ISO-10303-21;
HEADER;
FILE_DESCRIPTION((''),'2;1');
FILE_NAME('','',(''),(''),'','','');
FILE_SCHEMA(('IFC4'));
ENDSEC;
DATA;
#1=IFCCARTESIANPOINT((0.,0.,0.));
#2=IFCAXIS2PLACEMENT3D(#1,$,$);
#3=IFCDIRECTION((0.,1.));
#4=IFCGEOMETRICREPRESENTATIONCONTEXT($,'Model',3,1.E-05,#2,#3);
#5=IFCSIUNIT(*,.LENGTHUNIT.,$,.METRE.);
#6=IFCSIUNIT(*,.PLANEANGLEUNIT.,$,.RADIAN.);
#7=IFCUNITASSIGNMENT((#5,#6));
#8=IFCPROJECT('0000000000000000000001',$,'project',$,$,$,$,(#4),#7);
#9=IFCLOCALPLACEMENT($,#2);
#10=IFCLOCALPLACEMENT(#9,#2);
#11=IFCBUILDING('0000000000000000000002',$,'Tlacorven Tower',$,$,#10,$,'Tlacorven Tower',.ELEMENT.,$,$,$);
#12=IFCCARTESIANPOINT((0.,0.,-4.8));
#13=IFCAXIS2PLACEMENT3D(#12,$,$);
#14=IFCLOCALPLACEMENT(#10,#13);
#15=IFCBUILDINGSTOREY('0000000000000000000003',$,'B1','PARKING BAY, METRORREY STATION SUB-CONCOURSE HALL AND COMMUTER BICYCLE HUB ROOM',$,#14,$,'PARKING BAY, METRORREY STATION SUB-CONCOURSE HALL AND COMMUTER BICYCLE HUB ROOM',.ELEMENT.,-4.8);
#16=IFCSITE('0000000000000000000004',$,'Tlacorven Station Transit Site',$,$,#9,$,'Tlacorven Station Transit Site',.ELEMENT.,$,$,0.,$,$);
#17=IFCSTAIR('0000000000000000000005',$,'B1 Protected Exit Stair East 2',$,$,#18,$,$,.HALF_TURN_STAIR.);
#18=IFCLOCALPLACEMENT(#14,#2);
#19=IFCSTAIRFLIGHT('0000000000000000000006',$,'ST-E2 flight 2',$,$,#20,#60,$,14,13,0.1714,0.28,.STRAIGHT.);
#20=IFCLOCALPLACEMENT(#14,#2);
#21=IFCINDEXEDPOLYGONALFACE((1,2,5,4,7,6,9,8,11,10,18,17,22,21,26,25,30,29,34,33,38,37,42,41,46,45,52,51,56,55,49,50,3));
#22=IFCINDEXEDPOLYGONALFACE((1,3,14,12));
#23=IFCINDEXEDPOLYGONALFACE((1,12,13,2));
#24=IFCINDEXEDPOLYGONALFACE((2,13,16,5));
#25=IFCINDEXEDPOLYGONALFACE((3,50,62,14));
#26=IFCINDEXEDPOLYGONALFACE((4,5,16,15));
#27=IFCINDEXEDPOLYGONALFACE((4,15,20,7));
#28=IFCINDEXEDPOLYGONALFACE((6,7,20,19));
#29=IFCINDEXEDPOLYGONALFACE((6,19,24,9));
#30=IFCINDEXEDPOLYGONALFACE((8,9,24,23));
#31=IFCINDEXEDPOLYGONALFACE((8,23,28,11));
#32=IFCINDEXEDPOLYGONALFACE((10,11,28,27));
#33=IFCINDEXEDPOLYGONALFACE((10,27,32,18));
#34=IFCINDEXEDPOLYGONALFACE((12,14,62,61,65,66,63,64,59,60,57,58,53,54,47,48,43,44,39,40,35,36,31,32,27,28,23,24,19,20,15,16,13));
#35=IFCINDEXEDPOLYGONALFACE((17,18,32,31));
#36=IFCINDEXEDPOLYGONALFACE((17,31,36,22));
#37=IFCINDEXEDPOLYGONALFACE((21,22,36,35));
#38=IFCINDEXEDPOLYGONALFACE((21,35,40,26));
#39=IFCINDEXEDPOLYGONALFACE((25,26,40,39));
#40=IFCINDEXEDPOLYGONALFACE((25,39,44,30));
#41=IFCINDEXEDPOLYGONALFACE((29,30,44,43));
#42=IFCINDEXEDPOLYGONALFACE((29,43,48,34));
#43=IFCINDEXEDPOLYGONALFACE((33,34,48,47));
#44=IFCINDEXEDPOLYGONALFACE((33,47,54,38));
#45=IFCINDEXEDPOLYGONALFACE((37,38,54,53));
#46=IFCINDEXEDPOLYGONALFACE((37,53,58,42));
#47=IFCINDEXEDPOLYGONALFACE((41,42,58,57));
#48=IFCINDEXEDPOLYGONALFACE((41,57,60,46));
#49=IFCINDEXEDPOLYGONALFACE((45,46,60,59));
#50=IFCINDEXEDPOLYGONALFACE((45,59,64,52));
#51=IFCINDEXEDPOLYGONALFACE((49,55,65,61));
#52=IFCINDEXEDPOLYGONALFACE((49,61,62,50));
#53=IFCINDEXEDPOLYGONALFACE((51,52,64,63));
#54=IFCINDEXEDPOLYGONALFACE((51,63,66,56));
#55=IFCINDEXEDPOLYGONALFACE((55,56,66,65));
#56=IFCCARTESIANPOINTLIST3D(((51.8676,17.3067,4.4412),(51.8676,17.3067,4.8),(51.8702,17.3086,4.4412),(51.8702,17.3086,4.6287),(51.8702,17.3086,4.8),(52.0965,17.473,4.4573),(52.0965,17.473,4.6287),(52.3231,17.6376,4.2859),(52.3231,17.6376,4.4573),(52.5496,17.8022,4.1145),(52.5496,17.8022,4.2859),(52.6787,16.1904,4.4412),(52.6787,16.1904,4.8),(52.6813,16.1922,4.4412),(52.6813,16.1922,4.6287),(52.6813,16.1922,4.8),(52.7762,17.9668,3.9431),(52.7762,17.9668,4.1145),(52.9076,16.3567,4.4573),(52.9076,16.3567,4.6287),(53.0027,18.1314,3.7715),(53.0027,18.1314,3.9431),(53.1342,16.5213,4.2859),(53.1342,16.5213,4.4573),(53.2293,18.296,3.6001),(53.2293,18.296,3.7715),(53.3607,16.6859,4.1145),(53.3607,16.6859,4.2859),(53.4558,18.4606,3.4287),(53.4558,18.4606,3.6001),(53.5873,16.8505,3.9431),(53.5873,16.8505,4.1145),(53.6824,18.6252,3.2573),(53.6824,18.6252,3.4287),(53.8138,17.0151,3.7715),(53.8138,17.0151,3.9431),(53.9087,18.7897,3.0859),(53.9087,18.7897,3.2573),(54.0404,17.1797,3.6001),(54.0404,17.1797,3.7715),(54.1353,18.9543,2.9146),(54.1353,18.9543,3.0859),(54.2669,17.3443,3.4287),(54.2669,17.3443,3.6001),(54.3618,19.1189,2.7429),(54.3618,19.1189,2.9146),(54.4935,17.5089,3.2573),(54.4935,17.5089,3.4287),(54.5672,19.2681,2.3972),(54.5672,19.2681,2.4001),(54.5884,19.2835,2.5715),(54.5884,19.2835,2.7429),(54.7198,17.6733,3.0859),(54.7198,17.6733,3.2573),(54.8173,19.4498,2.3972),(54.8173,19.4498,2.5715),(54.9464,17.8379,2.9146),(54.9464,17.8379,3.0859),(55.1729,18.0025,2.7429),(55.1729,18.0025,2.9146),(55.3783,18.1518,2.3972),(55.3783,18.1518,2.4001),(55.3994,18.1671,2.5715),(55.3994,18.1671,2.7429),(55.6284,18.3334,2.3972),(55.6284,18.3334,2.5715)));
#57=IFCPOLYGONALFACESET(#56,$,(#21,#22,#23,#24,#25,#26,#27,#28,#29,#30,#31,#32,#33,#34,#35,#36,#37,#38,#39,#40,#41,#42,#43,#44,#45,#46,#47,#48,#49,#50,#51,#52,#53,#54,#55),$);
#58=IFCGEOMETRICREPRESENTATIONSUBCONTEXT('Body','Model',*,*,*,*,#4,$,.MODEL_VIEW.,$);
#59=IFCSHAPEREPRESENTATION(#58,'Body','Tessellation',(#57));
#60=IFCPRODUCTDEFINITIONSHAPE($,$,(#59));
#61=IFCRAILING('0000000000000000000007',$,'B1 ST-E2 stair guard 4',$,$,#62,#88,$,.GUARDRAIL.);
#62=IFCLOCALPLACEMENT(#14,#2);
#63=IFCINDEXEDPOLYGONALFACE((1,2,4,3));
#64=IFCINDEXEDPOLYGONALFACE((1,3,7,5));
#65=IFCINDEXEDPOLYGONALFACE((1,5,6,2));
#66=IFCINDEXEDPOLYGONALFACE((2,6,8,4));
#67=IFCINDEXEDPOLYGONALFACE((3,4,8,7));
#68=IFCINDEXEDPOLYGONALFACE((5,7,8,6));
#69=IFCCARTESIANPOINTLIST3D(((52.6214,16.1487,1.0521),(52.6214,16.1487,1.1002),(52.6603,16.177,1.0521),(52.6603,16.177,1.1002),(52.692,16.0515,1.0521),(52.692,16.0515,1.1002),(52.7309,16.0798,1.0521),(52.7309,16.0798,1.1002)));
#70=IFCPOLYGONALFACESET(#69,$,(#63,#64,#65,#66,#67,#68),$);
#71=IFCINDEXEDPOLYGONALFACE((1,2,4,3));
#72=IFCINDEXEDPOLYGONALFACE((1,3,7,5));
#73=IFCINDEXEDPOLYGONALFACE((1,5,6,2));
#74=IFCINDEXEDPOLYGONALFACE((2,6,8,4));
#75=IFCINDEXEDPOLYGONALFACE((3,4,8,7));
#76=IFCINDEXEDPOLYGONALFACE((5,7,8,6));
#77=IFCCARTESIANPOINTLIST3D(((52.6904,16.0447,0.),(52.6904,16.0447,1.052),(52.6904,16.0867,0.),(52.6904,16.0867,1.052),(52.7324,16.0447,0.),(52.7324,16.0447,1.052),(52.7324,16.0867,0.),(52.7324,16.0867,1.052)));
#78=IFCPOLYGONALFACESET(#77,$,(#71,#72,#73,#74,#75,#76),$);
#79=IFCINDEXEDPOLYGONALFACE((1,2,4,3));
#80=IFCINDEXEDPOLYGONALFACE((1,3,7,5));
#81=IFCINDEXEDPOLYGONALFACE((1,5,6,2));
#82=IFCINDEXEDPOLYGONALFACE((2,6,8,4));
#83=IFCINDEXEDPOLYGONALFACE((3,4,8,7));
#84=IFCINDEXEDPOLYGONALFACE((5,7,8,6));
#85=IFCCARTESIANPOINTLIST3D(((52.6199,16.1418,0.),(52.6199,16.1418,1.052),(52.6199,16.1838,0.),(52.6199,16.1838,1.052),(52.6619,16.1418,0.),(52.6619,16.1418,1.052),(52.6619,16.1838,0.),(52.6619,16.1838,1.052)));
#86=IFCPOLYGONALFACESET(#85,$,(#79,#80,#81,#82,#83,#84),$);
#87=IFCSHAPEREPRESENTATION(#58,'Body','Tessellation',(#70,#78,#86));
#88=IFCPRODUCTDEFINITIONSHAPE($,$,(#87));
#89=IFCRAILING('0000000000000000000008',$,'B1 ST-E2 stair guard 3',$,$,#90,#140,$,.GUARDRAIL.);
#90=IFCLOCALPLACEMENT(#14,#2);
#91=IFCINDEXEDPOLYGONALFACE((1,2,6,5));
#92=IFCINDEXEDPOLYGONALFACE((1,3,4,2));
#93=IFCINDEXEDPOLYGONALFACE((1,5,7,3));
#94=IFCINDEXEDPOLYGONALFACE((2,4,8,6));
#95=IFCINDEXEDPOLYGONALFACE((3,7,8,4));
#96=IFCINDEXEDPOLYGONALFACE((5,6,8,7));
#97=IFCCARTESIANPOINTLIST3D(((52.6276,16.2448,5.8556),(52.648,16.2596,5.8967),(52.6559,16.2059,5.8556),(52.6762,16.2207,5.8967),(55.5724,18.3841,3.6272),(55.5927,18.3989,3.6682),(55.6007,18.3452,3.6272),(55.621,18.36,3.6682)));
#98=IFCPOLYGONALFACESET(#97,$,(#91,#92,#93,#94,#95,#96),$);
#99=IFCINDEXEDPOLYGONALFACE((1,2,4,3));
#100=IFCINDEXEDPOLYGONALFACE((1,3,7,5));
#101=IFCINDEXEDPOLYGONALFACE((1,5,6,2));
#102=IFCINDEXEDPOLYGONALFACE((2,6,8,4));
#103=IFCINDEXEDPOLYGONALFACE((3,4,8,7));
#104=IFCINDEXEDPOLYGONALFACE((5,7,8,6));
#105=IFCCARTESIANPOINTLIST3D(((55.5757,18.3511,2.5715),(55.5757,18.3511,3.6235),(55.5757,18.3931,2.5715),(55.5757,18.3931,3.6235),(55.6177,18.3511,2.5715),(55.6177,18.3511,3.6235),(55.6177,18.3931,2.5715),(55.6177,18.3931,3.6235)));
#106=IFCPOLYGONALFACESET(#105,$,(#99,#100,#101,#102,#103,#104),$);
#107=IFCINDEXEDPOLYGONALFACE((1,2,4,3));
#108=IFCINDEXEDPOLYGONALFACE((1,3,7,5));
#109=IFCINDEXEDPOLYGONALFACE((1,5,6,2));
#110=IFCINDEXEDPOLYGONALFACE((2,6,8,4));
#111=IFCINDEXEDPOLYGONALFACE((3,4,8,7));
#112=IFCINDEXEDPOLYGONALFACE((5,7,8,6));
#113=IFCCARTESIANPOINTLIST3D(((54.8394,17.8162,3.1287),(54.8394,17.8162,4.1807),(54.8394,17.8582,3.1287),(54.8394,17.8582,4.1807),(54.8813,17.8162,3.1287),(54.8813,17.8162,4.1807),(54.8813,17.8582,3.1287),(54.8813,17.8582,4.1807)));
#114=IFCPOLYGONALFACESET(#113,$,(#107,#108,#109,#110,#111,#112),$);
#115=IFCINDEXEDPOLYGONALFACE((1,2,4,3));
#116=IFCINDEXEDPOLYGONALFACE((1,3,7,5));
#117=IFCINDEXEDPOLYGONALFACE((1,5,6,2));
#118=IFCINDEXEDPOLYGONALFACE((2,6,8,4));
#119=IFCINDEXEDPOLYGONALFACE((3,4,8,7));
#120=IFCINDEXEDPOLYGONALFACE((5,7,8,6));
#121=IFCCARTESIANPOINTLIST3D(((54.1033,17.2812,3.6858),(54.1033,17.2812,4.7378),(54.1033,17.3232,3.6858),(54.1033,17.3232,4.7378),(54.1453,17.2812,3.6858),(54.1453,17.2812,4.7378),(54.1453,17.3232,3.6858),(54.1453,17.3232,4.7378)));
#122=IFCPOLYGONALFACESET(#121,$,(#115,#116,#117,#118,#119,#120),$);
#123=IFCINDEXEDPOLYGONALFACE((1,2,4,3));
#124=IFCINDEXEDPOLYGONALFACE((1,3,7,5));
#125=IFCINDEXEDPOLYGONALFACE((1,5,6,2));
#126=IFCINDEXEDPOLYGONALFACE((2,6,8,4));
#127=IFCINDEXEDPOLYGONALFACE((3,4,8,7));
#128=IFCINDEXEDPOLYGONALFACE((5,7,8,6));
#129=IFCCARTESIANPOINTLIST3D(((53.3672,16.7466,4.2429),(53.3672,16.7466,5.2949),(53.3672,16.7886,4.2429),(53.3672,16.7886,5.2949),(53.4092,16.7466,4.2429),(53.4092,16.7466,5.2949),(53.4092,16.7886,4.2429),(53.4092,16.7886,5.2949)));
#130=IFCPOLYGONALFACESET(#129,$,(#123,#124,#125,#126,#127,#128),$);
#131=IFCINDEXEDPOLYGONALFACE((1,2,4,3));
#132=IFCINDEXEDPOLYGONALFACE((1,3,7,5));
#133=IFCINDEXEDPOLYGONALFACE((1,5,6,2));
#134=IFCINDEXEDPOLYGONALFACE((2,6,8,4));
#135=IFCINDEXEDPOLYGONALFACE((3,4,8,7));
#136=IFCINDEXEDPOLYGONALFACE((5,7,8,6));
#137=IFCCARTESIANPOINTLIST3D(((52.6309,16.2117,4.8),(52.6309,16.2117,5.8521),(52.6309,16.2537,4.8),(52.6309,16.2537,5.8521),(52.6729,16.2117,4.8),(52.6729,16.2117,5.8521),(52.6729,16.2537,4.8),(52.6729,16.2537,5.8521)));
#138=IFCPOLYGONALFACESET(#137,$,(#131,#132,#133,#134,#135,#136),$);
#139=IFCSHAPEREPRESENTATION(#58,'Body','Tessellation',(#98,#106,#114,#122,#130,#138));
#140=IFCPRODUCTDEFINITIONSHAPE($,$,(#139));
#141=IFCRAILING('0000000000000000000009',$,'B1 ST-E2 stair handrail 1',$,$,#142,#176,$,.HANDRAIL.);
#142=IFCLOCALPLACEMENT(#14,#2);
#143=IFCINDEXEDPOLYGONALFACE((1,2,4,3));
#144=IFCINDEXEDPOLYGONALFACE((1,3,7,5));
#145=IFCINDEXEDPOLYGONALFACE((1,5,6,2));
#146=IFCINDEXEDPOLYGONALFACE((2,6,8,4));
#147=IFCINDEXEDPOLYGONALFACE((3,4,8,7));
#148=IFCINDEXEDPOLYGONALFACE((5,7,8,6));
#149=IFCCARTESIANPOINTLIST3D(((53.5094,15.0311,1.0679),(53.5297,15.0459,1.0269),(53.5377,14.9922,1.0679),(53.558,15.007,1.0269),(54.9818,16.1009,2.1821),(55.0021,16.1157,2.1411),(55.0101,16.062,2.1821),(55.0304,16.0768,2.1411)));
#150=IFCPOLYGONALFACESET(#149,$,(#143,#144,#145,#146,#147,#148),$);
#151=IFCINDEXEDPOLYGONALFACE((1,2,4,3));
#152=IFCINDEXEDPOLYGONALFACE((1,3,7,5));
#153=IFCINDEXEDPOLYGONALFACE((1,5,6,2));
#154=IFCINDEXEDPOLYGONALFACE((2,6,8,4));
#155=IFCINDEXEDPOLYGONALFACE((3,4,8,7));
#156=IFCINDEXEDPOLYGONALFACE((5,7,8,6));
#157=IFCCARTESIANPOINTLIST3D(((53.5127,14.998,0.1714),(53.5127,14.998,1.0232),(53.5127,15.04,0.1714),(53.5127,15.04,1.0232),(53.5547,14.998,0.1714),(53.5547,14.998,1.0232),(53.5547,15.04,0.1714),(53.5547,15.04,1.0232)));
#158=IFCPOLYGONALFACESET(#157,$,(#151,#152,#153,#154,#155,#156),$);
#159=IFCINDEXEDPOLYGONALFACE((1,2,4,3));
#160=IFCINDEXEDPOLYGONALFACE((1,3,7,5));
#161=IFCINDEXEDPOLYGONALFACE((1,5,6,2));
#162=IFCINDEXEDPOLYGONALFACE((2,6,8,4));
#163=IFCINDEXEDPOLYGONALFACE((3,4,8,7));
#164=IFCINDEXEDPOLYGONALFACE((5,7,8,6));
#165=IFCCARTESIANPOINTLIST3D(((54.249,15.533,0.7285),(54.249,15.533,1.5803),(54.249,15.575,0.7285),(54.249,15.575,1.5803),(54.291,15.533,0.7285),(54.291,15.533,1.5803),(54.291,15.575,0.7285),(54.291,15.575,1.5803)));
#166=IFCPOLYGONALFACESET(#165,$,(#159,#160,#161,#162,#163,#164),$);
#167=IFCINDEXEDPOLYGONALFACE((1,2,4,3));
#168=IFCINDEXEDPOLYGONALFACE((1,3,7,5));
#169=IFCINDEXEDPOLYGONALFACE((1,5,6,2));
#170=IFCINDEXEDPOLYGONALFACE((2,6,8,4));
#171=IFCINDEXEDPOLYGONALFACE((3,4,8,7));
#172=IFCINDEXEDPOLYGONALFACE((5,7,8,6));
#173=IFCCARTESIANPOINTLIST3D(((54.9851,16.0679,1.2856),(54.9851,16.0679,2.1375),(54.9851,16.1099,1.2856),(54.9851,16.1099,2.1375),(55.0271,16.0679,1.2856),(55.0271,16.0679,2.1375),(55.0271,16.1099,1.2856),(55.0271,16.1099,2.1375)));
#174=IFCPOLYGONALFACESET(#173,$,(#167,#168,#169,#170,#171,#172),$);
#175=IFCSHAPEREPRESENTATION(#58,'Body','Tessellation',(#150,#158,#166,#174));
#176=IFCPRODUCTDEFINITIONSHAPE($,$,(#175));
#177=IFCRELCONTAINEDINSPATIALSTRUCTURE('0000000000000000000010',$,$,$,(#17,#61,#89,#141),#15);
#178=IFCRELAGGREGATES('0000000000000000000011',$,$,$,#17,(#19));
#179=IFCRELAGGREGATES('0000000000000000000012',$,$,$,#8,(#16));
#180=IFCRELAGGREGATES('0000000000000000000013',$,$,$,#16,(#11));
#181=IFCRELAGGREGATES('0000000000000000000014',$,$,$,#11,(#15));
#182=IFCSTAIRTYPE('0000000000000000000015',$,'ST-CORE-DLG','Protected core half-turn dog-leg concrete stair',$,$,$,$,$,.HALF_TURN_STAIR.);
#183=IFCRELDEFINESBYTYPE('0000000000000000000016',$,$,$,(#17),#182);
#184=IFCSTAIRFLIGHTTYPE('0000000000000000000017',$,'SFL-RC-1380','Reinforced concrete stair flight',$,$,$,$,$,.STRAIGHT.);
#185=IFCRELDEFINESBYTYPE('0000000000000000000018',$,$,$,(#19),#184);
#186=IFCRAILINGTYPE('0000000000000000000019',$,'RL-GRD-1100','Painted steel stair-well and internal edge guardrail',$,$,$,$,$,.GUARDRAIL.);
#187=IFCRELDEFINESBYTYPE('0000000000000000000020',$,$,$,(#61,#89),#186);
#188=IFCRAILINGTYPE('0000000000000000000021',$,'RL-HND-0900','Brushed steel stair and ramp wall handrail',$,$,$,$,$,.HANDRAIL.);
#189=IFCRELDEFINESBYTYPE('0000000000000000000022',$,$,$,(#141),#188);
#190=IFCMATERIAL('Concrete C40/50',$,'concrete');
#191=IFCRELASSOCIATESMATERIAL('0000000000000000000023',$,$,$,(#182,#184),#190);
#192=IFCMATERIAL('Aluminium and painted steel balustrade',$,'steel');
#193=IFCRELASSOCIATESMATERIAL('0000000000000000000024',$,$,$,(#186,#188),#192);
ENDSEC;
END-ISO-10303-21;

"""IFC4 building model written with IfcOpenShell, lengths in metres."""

from ifc_helpers import new_model, si_unit, direction, frame, origin, origin_2d, place, context, subcontext, project, spatial, polyline, rectangle, outline, extrude, source, transform, mapped, material, type_object, element, aggregate, save


model = new_model("IFC4")

# Units and contexts
model_context = context("Model", 3, precision=1e-05, world=origin(), true_north=direction((0.0, 1.0)))
body_context = subcontext(model_context, "Body", "Model", "MODEL_VIEW")
ifc_project = project(units=[si_unit("LENGTHUNIT", "METRE"), si_unit("PLANEANGLEUNIT", "RADIAN")], contexts=[model_context])

# Site, building, storey
site_placement = place(None, origin())
site = spatial("IfcSite", under=ifc_project, at=site_placement, Name="Tlacorven Station Transit Site", LongName="Tlacorven Station Transit Site", CompositionType="ELEMENT", RefElevation=0.0)
building_placement = place(site_placement, origin())
building = spatial("IfcBuilding", under=site, at=building_placement, Name="Tlacorven Tower", LongName="Tlacorven Tower", CompositionType="ELEMENT")
storey_placement = place(building_placement, frame((0.0, 0.0, -4.8)))
storey = spatial("IfcBuildingStorey", under=building, at=storey_placement, Name="B1", Description="PARKING BAY, METRORREY STATION SUB-CONCOURSE HALL AND COMMUTER BICYCLE HUB ROOM", LongName="PARKING BAY, METRORREY STATION SUB-CONCOURSE HALL AND COMMUTER BICYCLE HUB ROOM", CompositionType="ELEMENT", Elevation=-4.8)

# Shared definitions
ifc_material_1 = material(Name="Concrete C40/50", Category="concrete")

# Stair, stair flight
stair_type = type_object("IfcStairType", Name="ST-CORE-DLG", Description="Protected core half-turn dog-leg concrete stair", PredefinedType="HALF_TURN_STAIR", material=ifc_material_1)
stair_placement = place(storey_placement, origin())
stair = element("IfcStair", 1, at=stair_placement, inside=storey, type_object=stair_type, Name="B1 Protected Exit Stair East 2", PredefinedType="HALF_TURN_STAIR")
stair_flight_type = type_object("IfcStairFlightType", Name="SFL-RC-1380", Description="Reinforced concrete stair flight", PredefinedType="STRAIGHT", material=ifc_material_1)
shared_shape_1 = source(origin(), body_context, "Body", "SweptSolid", [
    extrude(outline(polyline([(-0.0029, -0.0029), (-0.0029, 0.1714), (0.28, 0.1714), (0.28, 0.3428), (0.5601, 0.3428), (0.5601, 0.5144), (0.8401, 0.5144), (0.8401, 0.6858), (1.1201, 0.6858), (1.1201, 0.8572), (1.3999, 0.8572), (1.3999, 1.0286), (1.6799, 1.0286), (1.6799, 1.2), (1.96, 1.2), (1.96, 1.3713), (2.24, 1.3713), (2.24, 1.543), (2.52, 1.543), (2.52, 1.7144), (2.8, 1.7144), (2.8, 1.8857), (3.0801, 1.8857), (3.0801, 2.0571), (3.3601, 2.0571), (3.3601, 2.2285), (3.6399, 2.2285), (3.6399, 2.3999), (3.6431, 2.3999), (3.6431, 2.041), (3.6399, 2.041), (0.3062, 0.0), (0.3062, -0.0029), (-0.0029, -0.0029)])), frame((0.0, 0.6899, 0.0), z_axis=(0.0, -1.0, 0.0), x_axis=(1.0, 0.0, 0.0)), (0.0, 0.0, 1.0), 1.3799),
])
stair_flight_1_placement = place(storey_placement, frame((55.2205, 18.8899, 2.4001), z_axis=(0.0, 0.0, 1.0), x_axis=(-0.809017, -0.587785, 0.0)))
stair_flight_1 = element("IfcStairFlight", 2, at=stair_flight_1_placement, type_object=stair_flight_type, Name="ST-E2 flight 2", NumberOfRisers=14, NumberOfTreads=13, PredefinedType="STRAIGHT", RiserHeight=0.1714, TreadLength=0.28, context=body_context, shape_type="MappedRepresentation", body=[
    mapped(shared_shape_1, transform((0.0, 0.0, 0.0), scale=1.0)),
])
aggregate(stair, [stair_flight_1])

# Railings
ifc_material_2 = material(Name="Aluminium and painted steel balustrade", Category="steel")
railing_type_1 = type_object("IfcRailingType", Name="RL-GRD-1100", Description="Painted steel stair-well and internal edge guardrail", PredefinedType="GUARDRAIL", material=ifc_material_2)
shared_shape_2 = source(origin(), body_context, "Body", "SweptSolid", [
    extrude(rectangle(XDim=0.0481, YDim=0.0481, at=origin_2d()), frame((0.0, 0.0, 1.0762), z_axis=(-0.587567, 0.809175, 0.0), x_axis=(-0.809175, -0.587567, 0.0)), (0.0, 0.0, 1.0), 0.1201),
    extrude(rectangle(XDim=0.042, YDim=0.042, at=origin_2d()), origin(), (0.0, 0.0, 1.0), 1.052),
    extrude(rectangle(XDim=0.042, YDim=0.042, at=origin_2d()), frame((-0.0706, 0.0972, 0.0)), (0.0, 0.0, 1.0), 1.052),
])
railing_1_placement = place(storey_placement, frame((52.7114, 16.0657, 0.0)))
element("IfcRailing", 3, at=railing_1_placement, inside=storey, type_object=railing_type_1, Name="B1 ST-E2 stair guard 4", PredefinedType="GUARDRAIL", context=body_context, shape_type="MappedRepresentation", body=[
    mapped(shared_shape_2, transform((0.0, 0.0, 0.0), scale=1.0)),
])
shared_shape_3 = source(origin(), body_context, "Body", "SweptSolid", [
    extrude(rectangle(XDim=0.0481, YDim=0.0481, at=origin_2d()), frame((0.0, 0.0, 1.0762), z_axis=(-0.689987, -0.501273, 0.522152), x_axis=(0.587761, -0.809035, 0.0)), (0.0, 0.0, 1.0), 4.2678),
    extrude(rectangle(XDim=0.042, YDim=0.042, at=origin_2d()), origin(), (0.0, 0.0, 1.0), 1.052),
    extrude(rectangle(XDim=0.042, YDim=0.042, at=origin_2d()), frame((-0.7363, -0.5349, 0.5571)), (0.0, 0.0, 1.0), 1.052),
    extrude(rectangle(XDim=0.042, YDim=0.042, at=origin_2d()), frame((-1.4724, -1.0698, 1.1143)), (0.0, 0.0, 1.0), 1.052),
    extrude(rectangle(XDim=0.042, YDim=0.042, at=origin_2d()), frame((-2.2085, -1.6045, 1.6714)), (0.0, 0.0, 1.0), 1.052),
    extrude(rectangle(XDim=0.042, YDim=0.042, at=origin_2d()), frame((-2.9448, -2.1394, 2.2285)), (0.0, 0.0, 1.0), 1.052),
])
railing_2_placement = place(storey_placement, frame((55.5967, 18.3721, 2.5715)))
element("IfcRailing", 4, at=railing_2_placement, inside=storey, type_object=railing_type_1, Name="B1 ST-E2 stair guard 3", PredefinedType="GUARDRAIL", context=body_context, shape_type="MappedRepresentation", body=[
    mapped(shared_shape_3, transform((0.0, 0.0, 0.0), scale=1.0)),
])
railing_type_2 = type_object("IfcRailingType", Name="RL-HND-0900", Description="Brushed steel stair and ramp wall handrail", PredefinedType="HANDRAIL", material=ifc_material_2)
shared_shape_4 = source(origin(), body_context, "Body", "SweptSolid", [
    extrude(rectangle(XDim=0.0481, YDim=0.0481, at=origin_2d()), frame((0.0, 0.0, 0.876), z_axis=(0.689967, 0.501316, 0.522137), x_axis=(-0.587805, 0.809003, 0.0)), (0.0, 0.0, 1.0), 2.134),
    extrude(rectangle(XDim=0.042, YDim=0.042, at=origin_2d()), origin(), (0.0, 0.0, 1.0), 0.8518),
    extrude(rectangle(XDim=0.042, YDim=0.042, at=origin_2d()), frame((0.7363, 0.5349, 0.5571)), (0.0, 0.0, 1.0), 0.8518),
    extrude(rectangle(XDim=0.042, YDim=0.042, at=origin_2d()), frame((1.4724, 1.0698, 1.1143)), (0.0, 0.0, 1.0), 0.8518),
])
railing_3_placement = place(storey_placement, frame((53.5337, 15.019, 0.1714)))
element("IfcRailing", 5, at=railing_3_placement, inside=storey, type_object=railing_type_2, Name="B1 ST-E2 stair handrail 1", PredefinedType="HANDRAIL", context=body_context, shape_type="MappedRepresentation", body=[
    mapped(shared_shape_4, transform((0.0, 0.0, 0.0), scale=1.0)),
])

save(model, "model.ifc")
